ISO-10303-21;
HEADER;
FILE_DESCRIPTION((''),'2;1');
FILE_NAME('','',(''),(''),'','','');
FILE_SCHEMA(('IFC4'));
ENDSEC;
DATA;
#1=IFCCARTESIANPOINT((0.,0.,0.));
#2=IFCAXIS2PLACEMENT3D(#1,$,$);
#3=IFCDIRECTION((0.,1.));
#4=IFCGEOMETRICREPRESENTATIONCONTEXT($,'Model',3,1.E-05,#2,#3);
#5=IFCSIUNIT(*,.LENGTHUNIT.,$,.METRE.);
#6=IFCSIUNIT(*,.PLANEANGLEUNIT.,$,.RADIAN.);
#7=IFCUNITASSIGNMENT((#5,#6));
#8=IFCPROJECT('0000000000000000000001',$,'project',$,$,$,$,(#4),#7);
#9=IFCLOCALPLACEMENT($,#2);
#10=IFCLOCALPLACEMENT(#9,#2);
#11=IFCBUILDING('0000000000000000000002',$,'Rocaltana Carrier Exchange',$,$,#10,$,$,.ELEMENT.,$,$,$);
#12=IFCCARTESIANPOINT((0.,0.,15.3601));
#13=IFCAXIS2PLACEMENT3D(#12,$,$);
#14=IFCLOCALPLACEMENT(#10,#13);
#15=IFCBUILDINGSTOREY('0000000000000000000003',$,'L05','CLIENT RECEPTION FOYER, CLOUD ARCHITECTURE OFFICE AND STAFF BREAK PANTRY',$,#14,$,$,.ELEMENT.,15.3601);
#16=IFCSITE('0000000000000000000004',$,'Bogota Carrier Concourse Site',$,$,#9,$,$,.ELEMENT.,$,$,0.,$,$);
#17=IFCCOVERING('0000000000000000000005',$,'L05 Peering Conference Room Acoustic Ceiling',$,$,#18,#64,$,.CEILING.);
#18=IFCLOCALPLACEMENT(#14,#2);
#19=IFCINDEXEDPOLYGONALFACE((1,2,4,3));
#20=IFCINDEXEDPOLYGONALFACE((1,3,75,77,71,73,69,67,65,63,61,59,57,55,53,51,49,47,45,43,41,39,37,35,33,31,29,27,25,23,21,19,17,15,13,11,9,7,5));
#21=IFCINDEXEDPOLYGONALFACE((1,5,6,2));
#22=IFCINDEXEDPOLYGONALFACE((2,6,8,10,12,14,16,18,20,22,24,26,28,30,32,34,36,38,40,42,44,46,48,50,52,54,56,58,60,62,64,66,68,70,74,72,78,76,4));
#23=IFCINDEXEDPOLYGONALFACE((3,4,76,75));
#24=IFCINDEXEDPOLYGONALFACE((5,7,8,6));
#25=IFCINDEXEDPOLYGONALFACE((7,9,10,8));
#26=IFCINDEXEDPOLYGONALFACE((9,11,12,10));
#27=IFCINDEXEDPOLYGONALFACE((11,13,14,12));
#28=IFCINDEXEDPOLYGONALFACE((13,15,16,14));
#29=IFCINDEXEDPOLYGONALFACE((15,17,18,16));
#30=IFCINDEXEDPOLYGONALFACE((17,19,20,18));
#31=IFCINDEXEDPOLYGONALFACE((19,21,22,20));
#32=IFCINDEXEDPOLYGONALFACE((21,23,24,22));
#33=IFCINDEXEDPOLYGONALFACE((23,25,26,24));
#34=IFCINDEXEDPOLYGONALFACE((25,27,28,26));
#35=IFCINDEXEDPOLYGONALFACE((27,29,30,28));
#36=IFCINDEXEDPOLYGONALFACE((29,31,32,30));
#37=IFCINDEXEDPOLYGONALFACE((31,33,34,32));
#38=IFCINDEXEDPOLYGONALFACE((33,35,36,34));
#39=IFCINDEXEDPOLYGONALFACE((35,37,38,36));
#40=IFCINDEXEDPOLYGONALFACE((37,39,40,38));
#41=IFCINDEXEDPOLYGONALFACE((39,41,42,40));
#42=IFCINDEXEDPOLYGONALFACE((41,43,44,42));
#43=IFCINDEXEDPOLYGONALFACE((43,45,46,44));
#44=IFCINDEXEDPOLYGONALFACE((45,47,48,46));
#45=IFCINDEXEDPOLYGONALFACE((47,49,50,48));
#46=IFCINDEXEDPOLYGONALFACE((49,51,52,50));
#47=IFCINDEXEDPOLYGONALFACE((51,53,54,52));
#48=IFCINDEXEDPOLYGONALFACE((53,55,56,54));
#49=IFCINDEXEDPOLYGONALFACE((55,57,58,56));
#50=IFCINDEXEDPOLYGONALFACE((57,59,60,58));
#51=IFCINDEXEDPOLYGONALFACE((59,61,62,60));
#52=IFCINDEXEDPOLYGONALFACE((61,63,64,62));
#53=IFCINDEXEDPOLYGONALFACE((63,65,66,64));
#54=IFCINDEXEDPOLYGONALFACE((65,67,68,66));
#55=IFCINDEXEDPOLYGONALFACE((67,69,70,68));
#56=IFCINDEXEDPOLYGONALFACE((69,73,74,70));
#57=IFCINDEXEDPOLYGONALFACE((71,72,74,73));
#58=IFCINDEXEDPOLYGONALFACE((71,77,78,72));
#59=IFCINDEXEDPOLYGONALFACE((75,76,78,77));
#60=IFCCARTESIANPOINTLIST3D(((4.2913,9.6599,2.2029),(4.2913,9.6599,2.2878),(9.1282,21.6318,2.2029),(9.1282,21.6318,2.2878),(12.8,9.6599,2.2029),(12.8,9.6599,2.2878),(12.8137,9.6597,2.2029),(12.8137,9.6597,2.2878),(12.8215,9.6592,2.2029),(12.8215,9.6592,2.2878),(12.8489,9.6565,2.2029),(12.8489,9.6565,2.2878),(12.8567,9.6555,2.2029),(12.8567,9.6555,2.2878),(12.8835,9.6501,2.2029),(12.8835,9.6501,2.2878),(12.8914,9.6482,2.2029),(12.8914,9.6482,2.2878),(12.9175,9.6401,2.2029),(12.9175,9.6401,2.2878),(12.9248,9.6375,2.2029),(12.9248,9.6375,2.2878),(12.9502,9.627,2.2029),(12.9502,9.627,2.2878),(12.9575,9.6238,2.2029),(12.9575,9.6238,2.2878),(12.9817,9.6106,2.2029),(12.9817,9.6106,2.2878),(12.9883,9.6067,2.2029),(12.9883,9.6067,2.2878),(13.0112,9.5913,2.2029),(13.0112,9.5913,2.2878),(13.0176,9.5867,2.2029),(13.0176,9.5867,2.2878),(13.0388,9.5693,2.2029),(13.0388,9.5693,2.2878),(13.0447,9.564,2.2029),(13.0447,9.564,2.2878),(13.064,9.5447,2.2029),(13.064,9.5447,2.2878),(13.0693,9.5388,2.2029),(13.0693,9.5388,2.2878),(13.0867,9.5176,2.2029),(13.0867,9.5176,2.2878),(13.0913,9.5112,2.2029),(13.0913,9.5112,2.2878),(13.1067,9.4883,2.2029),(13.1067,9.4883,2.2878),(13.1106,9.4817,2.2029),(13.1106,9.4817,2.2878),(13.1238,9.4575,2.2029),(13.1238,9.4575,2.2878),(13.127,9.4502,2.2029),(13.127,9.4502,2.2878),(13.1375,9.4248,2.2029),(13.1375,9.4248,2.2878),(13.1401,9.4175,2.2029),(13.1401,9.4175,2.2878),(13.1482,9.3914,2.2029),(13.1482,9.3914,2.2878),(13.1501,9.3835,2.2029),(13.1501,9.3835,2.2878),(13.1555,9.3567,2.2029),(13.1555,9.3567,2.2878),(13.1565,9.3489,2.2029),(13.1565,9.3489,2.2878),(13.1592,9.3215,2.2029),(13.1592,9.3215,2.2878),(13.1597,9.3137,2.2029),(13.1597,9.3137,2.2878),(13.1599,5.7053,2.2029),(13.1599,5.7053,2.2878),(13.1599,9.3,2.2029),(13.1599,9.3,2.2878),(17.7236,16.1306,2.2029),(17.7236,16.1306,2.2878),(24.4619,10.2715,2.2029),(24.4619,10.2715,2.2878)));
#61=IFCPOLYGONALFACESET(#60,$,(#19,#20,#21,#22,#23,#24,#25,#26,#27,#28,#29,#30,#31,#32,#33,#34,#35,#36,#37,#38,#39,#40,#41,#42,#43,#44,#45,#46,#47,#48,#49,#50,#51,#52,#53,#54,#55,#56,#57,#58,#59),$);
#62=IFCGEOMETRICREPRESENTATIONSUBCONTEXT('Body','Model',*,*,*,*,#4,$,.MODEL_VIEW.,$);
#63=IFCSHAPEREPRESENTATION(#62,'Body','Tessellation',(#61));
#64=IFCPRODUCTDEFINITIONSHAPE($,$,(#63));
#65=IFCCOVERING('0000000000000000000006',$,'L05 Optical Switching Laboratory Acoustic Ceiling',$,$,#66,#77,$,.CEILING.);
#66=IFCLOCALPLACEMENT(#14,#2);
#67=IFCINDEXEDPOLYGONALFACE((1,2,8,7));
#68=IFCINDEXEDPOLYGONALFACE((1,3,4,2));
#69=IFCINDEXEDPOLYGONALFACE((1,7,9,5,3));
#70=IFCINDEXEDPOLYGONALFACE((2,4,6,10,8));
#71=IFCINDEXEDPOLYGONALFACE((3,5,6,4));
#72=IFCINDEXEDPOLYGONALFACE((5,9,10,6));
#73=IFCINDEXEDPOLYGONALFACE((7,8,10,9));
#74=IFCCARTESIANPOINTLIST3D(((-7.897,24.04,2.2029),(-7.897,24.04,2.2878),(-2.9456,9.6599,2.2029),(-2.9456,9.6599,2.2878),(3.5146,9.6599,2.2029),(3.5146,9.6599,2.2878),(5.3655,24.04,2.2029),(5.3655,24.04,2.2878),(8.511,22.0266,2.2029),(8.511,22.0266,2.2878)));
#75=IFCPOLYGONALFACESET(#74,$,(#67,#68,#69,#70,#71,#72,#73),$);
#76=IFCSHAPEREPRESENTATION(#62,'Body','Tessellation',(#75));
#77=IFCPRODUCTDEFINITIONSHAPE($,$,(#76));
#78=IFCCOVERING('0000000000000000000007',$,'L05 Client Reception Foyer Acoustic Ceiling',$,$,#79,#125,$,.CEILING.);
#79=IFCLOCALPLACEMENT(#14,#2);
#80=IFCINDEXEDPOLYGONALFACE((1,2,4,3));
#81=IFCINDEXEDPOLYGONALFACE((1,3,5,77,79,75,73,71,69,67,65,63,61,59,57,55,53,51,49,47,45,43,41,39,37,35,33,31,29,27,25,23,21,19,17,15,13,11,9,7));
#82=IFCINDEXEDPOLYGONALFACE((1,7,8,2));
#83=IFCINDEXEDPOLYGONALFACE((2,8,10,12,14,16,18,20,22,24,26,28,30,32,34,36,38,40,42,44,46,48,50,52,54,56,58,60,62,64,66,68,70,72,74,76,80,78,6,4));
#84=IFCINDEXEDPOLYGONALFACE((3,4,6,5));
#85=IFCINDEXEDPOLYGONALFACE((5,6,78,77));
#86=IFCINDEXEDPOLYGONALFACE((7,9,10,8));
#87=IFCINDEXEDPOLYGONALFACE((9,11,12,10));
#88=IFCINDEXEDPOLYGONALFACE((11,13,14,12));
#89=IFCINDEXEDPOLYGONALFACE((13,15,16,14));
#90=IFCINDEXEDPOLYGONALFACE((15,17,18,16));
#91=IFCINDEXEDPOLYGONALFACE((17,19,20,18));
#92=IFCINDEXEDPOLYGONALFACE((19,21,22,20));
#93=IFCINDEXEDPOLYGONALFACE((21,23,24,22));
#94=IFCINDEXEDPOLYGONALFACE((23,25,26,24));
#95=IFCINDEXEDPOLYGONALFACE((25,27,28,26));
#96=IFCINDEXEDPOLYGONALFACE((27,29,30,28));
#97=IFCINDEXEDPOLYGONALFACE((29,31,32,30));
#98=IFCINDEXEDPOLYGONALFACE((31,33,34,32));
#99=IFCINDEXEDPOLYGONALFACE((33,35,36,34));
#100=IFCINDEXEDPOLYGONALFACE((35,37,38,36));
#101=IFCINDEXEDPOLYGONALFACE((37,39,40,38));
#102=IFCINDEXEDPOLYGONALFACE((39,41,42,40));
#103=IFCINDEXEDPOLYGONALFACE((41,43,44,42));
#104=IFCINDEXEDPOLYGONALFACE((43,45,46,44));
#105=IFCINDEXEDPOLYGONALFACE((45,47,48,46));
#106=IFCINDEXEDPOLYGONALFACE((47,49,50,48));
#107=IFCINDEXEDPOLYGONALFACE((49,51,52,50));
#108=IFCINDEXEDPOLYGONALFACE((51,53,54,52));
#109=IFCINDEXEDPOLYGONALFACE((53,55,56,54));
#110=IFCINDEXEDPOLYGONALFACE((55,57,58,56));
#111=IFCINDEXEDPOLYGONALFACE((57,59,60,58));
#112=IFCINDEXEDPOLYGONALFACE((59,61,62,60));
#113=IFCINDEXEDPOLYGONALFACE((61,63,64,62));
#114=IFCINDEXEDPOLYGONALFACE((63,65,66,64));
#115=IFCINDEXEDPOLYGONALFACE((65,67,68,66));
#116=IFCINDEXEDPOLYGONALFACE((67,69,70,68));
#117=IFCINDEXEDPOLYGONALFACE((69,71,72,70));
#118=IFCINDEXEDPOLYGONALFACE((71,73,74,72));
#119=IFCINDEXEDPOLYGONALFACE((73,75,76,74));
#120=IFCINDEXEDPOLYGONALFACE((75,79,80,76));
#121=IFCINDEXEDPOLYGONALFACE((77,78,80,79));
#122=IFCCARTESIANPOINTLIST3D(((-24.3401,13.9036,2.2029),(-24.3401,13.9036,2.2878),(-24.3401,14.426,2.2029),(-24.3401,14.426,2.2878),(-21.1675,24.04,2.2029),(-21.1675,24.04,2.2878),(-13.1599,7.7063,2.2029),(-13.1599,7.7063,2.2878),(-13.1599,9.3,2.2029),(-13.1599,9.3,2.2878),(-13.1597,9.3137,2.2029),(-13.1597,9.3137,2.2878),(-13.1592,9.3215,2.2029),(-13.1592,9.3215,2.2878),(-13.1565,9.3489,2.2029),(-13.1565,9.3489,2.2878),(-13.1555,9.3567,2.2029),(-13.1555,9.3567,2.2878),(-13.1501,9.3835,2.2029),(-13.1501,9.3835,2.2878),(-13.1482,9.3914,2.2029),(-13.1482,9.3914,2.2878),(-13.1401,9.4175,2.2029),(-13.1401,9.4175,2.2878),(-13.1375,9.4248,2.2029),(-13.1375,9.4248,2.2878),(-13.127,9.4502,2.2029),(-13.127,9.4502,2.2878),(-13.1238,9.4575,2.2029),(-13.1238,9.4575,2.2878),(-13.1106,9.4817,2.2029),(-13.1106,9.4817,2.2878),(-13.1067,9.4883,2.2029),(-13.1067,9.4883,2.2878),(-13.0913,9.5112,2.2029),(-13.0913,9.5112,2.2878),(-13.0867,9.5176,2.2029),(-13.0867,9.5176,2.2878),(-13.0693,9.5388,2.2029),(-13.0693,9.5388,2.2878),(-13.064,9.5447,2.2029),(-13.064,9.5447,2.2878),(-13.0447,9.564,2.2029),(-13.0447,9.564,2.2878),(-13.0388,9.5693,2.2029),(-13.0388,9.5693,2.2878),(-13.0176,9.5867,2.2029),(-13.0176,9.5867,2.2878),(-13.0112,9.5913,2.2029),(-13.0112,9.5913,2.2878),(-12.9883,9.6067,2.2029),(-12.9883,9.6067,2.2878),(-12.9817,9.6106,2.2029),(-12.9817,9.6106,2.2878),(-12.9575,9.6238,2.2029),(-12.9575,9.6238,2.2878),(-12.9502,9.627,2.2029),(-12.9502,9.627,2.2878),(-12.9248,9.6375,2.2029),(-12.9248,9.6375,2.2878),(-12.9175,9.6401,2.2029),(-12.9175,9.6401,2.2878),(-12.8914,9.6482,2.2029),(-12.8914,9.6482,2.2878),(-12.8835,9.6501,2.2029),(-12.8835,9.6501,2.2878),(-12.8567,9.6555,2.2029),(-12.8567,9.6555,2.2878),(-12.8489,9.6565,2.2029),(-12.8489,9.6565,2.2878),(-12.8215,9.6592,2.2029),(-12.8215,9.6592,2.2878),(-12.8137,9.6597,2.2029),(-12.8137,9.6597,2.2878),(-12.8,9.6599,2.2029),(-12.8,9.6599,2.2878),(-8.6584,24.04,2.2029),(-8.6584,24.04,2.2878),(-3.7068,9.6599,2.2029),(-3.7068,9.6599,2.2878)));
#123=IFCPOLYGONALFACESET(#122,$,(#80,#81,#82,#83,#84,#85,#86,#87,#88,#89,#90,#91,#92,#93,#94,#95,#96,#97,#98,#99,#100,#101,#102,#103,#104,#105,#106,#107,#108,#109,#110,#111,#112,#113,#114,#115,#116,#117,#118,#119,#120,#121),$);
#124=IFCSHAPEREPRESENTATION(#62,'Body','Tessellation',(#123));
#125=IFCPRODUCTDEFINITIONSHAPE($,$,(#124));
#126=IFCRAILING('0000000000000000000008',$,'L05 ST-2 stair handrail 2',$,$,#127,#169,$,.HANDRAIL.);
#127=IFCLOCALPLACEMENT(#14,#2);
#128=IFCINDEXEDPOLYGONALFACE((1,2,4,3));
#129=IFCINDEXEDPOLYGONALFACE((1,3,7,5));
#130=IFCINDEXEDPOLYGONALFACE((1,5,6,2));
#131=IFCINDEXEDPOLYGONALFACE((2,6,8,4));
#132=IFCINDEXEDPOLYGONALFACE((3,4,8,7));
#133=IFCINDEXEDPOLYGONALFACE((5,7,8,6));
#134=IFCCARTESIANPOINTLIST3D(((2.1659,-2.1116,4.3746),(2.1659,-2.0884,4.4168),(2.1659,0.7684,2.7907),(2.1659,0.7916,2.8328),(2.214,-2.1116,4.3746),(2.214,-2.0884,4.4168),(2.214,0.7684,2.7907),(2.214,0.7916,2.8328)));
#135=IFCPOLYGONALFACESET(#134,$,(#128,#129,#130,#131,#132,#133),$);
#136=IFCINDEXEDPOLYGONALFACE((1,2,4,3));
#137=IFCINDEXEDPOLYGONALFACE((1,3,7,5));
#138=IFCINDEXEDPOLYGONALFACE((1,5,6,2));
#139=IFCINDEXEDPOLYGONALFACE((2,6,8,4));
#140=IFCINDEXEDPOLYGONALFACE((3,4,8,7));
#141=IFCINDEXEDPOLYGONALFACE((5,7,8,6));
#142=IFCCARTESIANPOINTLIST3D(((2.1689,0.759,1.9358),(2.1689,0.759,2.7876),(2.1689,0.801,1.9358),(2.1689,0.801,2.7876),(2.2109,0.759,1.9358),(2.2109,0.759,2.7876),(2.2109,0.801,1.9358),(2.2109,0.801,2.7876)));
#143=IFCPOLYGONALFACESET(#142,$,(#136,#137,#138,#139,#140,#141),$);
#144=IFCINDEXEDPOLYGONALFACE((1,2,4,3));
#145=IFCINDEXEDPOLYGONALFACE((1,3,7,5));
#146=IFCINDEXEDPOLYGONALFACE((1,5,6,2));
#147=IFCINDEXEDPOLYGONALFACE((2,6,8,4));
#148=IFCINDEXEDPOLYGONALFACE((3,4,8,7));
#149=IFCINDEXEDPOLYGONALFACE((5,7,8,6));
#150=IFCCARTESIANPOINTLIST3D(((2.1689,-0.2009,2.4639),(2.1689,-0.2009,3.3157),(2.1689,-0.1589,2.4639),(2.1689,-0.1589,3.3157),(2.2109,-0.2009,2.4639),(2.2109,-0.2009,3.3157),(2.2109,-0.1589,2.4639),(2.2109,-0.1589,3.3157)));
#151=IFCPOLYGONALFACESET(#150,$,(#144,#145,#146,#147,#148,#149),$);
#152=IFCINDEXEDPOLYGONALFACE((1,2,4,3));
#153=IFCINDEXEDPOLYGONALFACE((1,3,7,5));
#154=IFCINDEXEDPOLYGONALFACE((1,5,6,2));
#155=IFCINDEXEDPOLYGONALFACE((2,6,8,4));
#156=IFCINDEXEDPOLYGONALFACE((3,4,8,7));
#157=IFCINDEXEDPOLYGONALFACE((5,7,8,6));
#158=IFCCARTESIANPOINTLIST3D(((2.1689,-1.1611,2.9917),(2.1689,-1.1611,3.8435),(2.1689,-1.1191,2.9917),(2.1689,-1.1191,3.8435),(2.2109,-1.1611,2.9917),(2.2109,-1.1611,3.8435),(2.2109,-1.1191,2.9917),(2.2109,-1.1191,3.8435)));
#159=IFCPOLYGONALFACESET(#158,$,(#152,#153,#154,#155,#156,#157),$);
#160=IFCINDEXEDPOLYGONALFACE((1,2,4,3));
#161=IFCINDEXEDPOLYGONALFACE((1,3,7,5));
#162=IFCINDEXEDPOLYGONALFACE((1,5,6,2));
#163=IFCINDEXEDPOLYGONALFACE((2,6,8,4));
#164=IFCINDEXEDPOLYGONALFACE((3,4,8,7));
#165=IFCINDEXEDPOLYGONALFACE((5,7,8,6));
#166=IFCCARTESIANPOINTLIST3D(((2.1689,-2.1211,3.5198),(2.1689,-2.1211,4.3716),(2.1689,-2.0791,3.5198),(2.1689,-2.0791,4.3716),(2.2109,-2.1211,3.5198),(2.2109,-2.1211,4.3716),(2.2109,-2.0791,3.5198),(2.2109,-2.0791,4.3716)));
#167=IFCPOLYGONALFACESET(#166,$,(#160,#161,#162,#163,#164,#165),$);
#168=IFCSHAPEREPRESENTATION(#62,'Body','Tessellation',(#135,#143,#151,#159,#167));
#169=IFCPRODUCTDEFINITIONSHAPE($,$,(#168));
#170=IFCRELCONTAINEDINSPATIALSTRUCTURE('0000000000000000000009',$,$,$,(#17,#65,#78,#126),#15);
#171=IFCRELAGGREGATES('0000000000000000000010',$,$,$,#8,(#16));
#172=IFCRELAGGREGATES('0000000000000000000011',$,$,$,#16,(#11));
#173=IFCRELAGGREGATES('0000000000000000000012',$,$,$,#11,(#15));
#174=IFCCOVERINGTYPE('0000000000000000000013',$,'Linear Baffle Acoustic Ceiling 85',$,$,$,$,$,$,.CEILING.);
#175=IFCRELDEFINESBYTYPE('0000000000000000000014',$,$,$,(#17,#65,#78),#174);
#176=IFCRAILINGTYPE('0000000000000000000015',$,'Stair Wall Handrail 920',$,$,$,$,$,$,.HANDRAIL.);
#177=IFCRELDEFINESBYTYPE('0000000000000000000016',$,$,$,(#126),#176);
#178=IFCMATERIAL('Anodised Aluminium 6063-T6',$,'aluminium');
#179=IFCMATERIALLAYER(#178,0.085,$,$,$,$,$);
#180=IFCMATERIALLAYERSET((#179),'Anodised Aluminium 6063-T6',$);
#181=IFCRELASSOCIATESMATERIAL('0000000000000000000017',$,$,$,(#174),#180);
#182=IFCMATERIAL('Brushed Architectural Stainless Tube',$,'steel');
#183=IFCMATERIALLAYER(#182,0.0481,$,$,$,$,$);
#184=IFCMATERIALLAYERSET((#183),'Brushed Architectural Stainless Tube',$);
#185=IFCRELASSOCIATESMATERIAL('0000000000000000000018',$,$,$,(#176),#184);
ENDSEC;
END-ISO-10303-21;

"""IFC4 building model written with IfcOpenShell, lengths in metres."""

from ifc_helpers import new_model, si_unit, direction, frame, origin, origin_2d, place, context, subcontext, project, spatial, polyline, rectangle, outline, extrude, material, layer, layer_set, type_object, element, save


model = new_model("IFC4")

# Units and contexts
model_context = context("Model", 3, precision=1e-05, world=origin(), true_north=direction((0.0, 1.0)))
body_context = subcontext(model_context, "Body", "Model", "MODEL_VIEW")
ifc_project = project(units=[si_unit("LENGTHUNIT", "METRE"), si_unit("PLANEANGLEUNIT", "RADIAN")], contexts=[model_context])

# Site, building, storey
site_placement = place(None, origin())
site = spatial("IfcSite", under=ifc_project, at=site_placement, Name="Bogota Carrier Concourse Site", CompositionType="ELEMENT", RefElevation=0.0)
building_placement = place(site_placement, origin())
building = spatial("IfcBuilding", under=site, at=building_placement, Name="Rocaltana Carrier Exchange", CompositionType="ELEMENT")
storey_placement = place(building_placement, frame((0.0, 0.0, 15.3601)))
storey = spatial("IfcBuildingStorey", under=building, at=storey_placement, Name="L05", Description="CLIENT RECEPTION FOYER, CLOUD ARCHITECTURE OFFICE AND STAFF BREAK PANTRY", CompositionType="ELEMENT", Elevation=15.3601)

# Coverings
ifc_material_1 = material(Name="Anodised Aluminium 6063-T6", Category="aluminium")
ifc_layer_1 = layer(ifc_material_1, 0.085)
ifc_layer_set_1 = layer_set([ifc_layer_1], Name="Anodised Aluminium 6063-T6")
covering_type_1 = type_object("IfcCoveringType", Name="Linear Baffle Acoustic Ceiling 85", PredefinedType="CEILING", material=ifc_layer_set_1)
covering_1_placement = place(storey_placement, frame((0.0, 0.0, 2.2029)))
element("IfcCovering", 1, at=covering_1_placement, inside=storey, type_object=covering_type_1, Name="L05 Peering Conference Room Acoustic Ceiling", PredefinedType="CEILING", context=body_context, shape_type="SweptSolid", body=[
    extrude(outline(polyline([(17.7236, 16.1306), (24.4619, 10.2715), (13.1599, 5.7053), (13.1599, 9.3), (13.1597, 9.3137), (13.1592, 9.3215), (13.1565, 9.3489), (13.1555, 9.3567), (13.1501, 9.3835), (13.1482, 9.3914), (13.1401, 9.4175), (13.1375, 9.4248), (13.127, 9.4502), (13.1238, 9.4575), (13.1106, 9.4817), (13.1067, 9.4883), (13.0913, 9.5112), (13.0867, 9.5176), (13.0693, 9.5388), (13.064, 9.5447), (13.0447, 9.564), (13.0388, 9.5693), (13.0176, 9.5867), (13.0112, 9.5913), (12.9883, 9.6067), (12.9817, 9.6106), (12.9575, 9.6238), (12.9502, 9.627), (12.9248, 9.6375), (12.9175, 9.6401), (12.8914, 9.6482), (12.8835, 9.6501), (12.8567, 9.6555), (12.8489, 9.6565), (12.8215, 9.6592), (12.8137, 9.6597), (12.8, 9.6599), (4.2913, 9.6599), (9.1282, 21.6318), (17.7236, 16.1306)])), origin(), (0.0, 0.0, 1.0), 0.085),
])
covering_2_placement = place(storey_placement, frame((0.0, 0.0, 2.2029)))
element("IfcCovering", 2, at=covering_2_placement, inside=storey, type_object=covering_type_1, Name="L05 Optical Switching Laboratory Acoustic Ceiling", PredefinedType="CEILING", context=body_context, shape_type="SweptSolid", body=[
    extrude(outline(polyline([(5.3655, 24.04), (8.511, 22.0266), (3.5146, 9.6599), (-2.9456, 9.6599), (-7.897, 24.04), (5.3655, 24.04)])), origin(), (0.0, 0.0, 1.0), 0.085),
])
covering_3_placement = place(storey_placement, frame((0.0, 0.0, 2.2029)))
element("IfcCovering", 3, at=covering_3_placement, inside=storey, type_object=covering_type_1, Name="L05 Client Reception Foyer Acoustic Ceiling", PredefinedType="CEILING", context=body_context, shape_type="SweptSolid", body=[
    extrude(outline(polyline([(-24.3401, 14.426), (-21.1675, 24.04), (-8.6584, 24.04), (-3.7068, 9.6599), (-12.8, 9.6599), (-12.8137, 9.6597), (-12.8215, 9.6592), (-12.8489, 9.6565), (-12.8567, 9.6555), (-12.8835, 9.6501), (-12.8914, 9.6482), (-12.9175, 9.6401), (-12.9248, 9.6375), (-12.9502, 9.627), (-12.9575, 9.6238), (-12.9817, 9.6106), (-12.9883, 9.6067), (-13.0112, 9.5913), (-13.0176, 9.5867), (-13.0388, 9.5693), (-13.0447, 9.564), (-13.064, 9.5447), (-13.0693, 9.5388), (-13.0867, 9.5176), (-13.0913, 9.5112), (-13.1067, 9.4883), (-13.1106, 9.4817), (-13.1238, 9.4575), (-13.127, 9.4502), (-13.1375, 9.4248), (-13.1401, 9.4175), (-13.1482, 9.3914), (-13.1501, 9.3835), (-13.1555, 9.3567), (-13.1565, 9.3489), (-13.1592, 9.3215), (-13.1597, 9.3137), (-13.1599, 9.3), (-13.1599, 7.7063), (-24.3401, 13.9036), (-24.3401, 14.426)])), origin(), (0.0, 0.0, 1.0), 0.085),
])

# Railing
ifc_material_2 = material(Name="Brushed Architectural Stainless Tube", Category="steel")
ifc_layer_2 = layer(ifc_material_2, 0.0481)
ifc_layer_set_2 = layer_set([ifc_layer_2], Name="Brushed Architectural Stainless Tube")
railing_type_1 = type_object("IfcRailingType", Name="Stair Wall Handrail 920", PredefinedType="HANDRAIL", material=ifc_layer_set_2)
railing_1_placement = place(storey_placement, frame((2.1899, 0.78, 1.9358)))
element("IfcRailing", 4, at=railing_1_placement, inside=storey, type_object=railing_type_1, Name="L05 ST-2 stair handrail 2", PredefinedType="HANDRAIL", context=body_context, shape_type="SweptSolid", body=[
    extrude(rectangle(XDim=0.0481, YDim=0.0481, at=origin_2d()), frame((0.0, 0.0, 0.876), z_axis=(0.0, -0.876227, 0.481899), x_axis=(1.0, 0.0, 0.0)), (0.0, 0.0, 1.0), 3.2869),
    extrude(rectangle(XDim=0.042, YDim=0.042, at=origin_2d()), origin(), (0.0, 0.0, 1.0), 0.8518),
    extrude(rectangle(XDim=0.042, YDim=0.042, at=origin_2d()), frame((0.0, -0.96, 0.5281)), (0.0, 0.0, 1.0), 0.8518),
    extrude(rectangle(XDim=0.042, YDim=0.042, at=origin_2d()), frame((0.0, -1.9202, 1.0559)), (0.0, 0.0, 1.0), 0.8518),
    extrude(rectangle(XDim=0.042, YDim=0.042, at=origin_2d()), frame((0.0, -2.8801, 1.584)), (0.0, 0.0, 1.0), 0.8518),
])

save(model, "model.ifc")
